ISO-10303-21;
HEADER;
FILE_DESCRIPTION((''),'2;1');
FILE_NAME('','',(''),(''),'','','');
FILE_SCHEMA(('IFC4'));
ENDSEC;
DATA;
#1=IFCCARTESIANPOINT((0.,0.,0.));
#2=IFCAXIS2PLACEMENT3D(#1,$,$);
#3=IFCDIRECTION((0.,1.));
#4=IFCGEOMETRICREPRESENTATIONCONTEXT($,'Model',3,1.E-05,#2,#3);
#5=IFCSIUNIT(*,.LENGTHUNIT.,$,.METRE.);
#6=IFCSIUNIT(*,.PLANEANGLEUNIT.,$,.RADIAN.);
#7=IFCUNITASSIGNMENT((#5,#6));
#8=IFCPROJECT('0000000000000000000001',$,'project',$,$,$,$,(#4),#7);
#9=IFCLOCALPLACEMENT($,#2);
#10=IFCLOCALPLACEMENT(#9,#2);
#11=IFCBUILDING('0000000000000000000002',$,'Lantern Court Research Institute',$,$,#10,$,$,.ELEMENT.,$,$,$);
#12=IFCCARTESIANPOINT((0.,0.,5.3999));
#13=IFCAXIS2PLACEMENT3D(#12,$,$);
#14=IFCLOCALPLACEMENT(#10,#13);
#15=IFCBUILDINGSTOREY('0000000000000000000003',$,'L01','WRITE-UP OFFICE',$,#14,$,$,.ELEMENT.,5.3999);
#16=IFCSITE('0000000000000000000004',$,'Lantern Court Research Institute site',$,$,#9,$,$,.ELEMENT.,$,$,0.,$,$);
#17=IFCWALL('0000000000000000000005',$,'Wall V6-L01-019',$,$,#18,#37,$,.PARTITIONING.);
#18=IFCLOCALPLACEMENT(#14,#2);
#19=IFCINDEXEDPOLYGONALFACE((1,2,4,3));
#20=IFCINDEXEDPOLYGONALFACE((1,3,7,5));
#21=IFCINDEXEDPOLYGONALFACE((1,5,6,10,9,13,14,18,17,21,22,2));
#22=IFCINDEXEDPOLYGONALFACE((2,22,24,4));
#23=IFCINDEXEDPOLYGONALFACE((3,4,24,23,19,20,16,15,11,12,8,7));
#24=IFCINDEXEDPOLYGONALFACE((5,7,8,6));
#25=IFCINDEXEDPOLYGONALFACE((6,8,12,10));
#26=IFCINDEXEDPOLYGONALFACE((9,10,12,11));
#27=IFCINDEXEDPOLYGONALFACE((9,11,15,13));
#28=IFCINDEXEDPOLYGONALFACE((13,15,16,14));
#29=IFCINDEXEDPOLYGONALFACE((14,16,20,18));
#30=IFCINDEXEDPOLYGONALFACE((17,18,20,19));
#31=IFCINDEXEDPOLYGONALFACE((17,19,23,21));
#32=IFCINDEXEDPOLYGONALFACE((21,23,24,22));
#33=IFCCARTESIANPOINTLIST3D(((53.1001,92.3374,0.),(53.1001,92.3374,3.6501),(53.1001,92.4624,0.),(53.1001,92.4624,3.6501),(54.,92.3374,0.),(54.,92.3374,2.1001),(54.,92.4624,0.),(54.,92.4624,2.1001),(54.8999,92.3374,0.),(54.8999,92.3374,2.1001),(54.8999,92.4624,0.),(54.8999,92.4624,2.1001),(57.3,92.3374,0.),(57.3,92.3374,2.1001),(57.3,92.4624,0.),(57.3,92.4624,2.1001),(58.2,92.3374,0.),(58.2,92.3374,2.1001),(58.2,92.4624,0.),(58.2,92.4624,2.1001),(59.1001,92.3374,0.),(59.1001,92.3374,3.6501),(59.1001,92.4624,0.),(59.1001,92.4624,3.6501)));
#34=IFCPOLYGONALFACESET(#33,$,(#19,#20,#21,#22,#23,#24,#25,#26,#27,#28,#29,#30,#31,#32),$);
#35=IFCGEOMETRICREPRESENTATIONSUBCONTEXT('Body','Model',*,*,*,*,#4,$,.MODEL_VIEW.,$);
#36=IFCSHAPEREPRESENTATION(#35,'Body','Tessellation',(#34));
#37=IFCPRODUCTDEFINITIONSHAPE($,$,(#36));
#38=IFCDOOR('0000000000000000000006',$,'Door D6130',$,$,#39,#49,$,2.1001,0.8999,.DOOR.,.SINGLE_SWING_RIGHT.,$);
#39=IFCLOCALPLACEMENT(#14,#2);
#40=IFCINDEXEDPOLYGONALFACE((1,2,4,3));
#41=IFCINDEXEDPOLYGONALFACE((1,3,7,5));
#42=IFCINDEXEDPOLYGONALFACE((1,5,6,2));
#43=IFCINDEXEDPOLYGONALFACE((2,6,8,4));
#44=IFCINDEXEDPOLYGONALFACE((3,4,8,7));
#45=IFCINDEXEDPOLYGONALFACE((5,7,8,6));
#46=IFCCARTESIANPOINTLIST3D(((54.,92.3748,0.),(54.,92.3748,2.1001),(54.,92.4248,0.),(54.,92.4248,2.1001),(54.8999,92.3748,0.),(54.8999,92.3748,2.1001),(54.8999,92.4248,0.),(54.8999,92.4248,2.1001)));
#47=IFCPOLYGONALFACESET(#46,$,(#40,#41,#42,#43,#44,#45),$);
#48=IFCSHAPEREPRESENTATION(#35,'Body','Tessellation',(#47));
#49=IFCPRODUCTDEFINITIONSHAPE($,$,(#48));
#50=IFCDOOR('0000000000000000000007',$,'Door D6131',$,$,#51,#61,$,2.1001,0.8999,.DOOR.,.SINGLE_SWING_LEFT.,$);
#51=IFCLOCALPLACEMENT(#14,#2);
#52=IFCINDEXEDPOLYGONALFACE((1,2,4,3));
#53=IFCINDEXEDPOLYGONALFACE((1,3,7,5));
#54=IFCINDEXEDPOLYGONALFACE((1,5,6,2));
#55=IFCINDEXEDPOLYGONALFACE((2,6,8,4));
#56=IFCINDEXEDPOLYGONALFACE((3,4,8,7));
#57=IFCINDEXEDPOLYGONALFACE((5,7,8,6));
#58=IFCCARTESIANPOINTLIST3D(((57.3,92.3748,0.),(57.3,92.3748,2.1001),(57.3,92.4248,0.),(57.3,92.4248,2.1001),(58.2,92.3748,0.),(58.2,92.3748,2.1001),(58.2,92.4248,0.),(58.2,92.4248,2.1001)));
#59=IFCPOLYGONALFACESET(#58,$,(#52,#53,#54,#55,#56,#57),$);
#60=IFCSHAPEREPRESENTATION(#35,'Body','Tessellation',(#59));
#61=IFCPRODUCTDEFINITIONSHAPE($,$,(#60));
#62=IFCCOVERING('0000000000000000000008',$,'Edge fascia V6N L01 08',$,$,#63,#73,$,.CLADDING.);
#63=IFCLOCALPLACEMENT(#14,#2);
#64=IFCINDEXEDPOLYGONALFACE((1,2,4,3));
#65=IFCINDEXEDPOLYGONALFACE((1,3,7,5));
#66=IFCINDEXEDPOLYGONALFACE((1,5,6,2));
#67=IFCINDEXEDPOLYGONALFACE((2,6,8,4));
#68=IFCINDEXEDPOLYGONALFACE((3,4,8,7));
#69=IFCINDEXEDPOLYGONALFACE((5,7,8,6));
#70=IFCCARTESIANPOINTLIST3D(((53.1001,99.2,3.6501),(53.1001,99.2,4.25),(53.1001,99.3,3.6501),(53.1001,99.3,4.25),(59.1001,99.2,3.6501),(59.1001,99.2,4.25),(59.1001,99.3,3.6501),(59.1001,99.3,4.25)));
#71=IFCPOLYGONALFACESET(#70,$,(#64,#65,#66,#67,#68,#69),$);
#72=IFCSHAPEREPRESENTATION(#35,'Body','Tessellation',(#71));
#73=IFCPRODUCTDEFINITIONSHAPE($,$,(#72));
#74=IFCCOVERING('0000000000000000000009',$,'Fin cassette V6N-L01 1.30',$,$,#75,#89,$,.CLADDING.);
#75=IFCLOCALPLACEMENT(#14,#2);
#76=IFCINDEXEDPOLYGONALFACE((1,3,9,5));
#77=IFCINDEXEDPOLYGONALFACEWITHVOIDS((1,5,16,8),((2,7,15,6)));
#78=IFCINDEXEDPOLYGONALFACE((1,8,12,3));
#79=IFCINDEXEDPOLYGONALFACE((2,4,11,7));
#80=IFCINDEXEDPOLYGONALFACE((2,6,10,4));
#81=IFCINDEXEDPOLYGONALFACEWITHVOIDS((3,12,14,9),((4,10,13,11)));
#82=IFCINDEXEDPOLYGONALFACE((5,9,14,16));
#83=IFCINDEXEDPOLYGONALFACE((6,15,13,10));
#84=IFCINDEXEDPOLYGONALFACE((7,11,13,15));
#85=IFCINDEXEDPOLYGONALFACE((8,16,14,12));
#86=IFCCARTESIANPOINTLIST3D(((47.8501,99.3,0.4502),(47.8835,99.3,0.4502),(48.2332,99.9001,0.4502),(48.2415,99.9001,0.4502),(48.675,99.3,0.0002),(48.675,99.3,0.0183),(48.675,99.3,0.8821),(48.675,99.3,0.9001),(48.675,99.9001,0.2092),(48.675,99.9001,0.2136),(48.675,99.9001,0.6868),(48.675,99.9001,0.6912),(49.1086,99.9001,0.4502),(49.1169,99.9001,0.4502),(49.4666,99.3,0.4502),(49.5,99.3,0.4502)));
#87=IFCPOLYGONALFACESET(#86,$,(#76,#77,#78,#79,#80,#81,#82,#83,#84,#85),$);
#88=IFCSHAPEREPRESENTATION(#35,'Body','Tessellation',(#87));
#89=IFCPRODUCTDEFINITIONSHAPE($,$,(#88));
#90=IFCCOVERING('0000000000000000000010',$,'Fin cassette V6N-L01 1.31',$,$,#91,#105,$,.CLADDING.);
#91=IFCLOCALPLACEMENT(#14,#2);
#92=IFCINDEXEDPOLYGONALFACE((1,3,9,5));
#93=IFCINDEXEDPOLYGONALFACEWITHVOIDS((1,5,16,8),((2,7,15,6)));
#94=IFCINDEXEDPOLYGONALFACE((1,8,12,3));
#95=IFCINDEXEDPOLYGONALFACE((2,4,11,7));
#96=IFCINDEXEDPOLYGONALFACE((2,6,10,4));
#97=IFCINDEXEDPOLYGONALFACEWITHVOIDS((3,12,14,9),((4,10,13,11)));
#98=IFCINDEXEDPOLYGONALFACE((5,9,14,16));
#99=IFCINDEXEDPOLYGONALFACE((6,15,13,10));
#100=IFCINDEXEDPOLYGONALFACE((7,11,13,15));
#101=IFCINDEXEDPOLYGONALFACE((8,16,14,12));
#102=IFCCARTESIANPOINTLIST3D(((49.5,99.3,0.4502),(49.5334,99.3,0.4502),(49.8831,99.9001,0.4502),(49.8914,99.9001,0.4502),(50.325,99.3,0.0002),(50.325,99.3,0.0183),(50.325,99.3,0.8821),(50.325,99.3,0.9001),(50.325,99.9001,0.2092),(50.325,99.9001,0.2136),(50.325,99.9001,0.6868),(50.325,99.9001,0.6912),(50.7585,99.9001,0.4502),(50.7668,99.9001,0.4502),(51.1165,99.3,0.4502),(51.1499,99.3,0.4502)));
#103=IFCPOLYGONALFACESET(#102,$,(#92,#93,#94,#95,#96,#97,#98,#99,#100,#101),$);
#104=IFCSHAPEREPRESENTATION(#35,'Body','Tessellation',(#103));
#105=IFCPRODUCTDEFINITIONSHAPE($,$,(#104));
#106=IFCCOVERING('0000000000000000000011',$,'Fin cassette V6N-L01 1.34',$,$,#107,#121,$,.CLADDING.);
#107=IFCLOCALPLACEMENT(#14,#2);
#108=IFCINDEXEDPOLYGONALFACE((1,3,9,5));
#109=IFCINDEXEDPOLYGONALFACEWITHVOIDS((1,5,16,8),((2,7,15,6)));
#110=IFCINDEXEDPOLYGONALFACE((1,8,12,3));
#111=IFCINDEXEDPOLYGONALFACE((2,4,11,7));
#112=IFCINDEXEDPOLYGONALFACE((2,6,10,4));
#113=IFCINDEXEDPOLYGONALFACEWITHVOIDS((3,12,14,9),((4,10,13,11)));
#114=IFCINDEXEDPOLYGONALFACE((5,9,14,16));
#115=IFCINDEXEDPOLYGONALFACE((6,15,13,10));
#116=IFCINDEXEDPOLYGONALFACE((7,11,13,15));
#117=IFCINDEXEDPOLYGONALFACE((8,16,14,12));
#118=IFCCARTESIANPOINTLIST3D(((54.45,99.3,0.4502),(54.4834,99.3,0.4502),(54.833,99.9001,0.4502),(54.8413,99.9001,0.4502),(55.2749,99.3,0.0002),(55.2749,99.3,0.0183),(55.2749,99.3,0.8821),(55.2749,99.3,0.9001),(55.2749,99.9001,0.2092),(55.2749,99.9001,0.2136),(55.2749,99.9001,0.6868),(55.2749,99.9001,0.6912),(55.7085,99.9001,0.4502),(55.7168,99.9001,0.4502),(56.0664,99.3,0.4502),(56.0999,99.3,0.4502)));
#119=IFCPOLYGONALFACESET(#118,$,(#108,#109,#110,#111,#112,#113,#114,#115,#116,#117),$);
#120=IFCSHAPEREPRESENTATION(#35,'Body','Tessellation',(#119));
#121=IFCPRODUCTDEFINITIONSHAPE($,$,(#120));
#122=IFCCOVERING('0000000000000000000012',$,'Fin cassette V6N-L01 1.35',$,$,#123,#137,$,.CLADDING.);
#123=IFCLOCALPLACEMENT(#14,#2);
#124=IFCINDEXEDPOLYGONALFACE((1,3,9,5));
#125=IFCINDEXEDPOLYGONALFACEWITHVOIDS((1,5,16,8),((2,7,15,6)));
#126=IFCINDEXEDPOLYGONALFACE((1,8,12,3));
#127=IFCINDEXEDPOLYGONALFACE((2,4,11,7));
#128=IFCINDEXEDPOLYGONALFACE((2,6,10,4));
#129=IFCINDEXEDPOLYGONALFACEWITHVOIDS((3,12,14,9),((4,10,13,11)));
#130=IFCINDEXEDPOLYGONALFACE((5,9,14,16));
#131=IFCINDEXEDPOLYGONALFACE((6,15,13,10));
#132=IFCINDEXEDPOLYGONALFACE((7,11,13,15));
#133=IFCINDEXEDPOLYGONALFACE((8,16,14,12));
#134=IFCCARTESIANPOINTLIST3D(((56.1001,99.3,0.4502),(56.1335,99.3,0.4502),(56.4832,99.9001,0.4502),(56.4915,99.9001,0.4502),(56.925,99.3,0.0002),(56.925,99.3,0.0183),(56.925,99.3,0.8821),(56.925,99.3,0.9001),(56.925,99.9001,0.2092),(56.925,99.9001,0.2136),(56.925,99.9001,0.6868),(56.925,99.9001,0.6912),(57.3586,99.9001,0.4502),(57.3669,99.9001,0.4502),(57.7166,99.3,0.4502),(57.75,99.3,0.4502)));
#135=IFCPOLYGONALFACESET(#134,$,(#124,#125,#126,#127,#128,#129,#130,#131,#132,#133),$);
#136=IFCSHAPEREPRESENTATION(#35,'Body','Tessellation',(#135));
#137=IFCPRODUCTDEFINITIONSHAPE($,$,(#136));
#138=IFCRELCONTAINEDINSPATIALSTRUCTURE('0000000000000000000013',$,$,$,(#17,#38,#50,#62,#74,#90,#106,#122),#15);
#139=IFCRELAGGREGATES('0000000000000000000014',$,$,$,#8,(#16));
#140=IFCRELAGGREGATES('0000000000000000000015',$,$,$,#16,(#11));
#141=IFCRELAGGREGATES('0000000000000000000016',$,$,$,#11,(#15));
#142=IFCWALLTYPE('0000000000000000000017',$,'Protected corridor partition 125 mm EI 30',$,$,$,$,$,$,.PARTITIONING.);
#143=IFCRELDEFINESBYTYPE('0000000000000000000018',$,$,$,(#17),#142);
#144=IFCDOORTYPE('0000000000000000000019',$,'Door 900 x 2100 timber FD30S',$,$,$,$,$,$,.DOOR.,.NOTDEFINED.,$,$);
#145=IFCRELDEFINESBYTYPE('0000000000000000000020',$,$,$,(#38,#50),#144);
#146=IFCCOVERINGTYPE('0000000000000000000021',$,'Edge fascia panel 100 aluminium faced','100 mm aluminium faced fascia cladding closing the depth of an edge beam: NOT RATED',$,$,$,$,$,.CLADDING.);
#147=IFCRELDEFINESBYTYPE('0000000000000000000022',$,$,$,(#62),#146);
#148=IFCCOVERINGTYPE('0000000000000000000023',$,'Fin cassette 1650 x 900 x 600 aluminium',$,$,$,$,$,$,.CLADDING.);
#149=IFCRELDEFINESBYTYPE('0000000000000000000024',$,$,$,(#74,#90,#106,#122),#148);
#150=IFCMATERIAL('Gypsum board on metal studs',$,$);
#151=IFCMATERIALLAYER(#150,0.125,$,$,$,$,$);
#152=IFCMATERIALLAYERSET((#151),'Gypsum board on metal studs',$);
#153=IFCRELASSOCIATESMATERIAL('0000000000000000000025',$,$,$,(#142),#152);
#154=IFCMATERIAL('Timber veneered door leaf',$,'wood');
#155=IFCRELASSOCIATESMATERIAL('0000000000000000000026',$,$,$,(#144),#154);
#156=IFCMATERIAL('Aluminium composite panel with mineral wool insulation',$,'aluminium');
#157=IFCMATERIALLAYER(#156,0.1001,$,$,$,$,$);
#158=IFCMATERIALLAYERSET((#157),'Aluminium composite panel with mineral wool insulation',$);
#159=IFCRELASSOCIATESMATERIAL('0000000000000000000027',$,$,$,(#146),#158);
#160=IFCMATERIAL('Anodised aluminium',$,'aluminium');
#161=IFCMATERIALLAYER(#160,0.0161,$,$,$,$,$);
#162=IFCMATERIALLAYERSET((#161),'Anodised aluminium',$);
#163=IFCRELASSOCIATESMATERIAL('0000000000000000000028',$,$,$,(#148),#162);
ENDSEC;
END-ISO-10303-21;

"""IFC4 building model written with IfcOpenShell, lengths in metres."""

from ifc_helpers import new_model, entity, si_unit, direction, frame, frame_2d, origin, place, context, subcontext, project, spatial, rectangle, extrude, material, layer, layer_set, type_object, element, fill, save


model = new_model("IFC4")

# Units and contexts
model_context = context("Model", 3, precision=1e-05, world=origin(), true_north=direction((0.0, 1.0)))
body_context = subcontext(model_context, "Body", "Model", "MODEL_VIEW")
ifc_project = project(units=[si_unit("LENGTHUNIT", "METRE"), si_unit("PLANEANGLEUNIT", "RADIAN")], contexts=[model_context])

# Site, building, storey
site_placement = place(None, origin())
site = spatial("IfcSite", under=ifc_project, at=site_placement, Name="Lantern Court Research Institute site", CompositionType="ELEMENT", RefElevation=0.0)
building_placement = place(site_placement, origin())
building = spatial("IfcBuilding", under=site, at=building_placement, Name="Lantern Court Research Institute", CompositionType="ELEMENT")
storey_placement = place(building_placement, frame((0.0, 0.0, 5.3999)))
storey = spatial("IfcBuildingStorey", under=building, at=storey_placement, Name="L01", Description="WRITE-UP OFFICE", CompositionType="ELEMENT", Elevation=5.3999)

# Wall, openings, doors
ifc_material_1 = material(Name="Gypsum board on metal studs")
ifc_layer_1 = layer(ifc_material_1, 0.125)
ifc_layer_set_1 = layer_set([ifc_layer_1], Name="Gypsum board on metal studs")
wall_type_1 = type_object("IfcWallType", Name="Protected corridor partition 125 mm EI 30", PredefinedType="PARTITIONING", material=ifc_layer_set_1)
wall_1_placement = place(storey_placement, frame((53.1001, 92.3999, 0.0), z_axis=(0.0, 0.0, 1.0), x_axis=(1.0, 0.0, 0.0)))
wall_1 = element("IfcWall", 1, at=wall_1_placement, inside=storey, type_object=wall_type_1, Name="Wall V6-L01-019", PredefinedType="PARTITIONING", context=body_context, shape_type="SweptSolid", body=[
    extrude(rectangle(XDim=6.0, YDim=0.125, at=frame_2d((3.0, 0.0))), origin(), (0.0, 0.0, 1.0), 3.6501),
])
opening_1_placement = place(wall_1_placement, frame((0.8999, 0.0, 0.0)))
opening_1 = element("IfcOpeningElement", 2, at=opening_1_placement, cuts=wall_1, PredefinedType="OPENING", context=body_context, shape_type="SweptSolid", body=[
    extrude(rectangle(XDim=0.8999, YDim=2.1001, at=frame_2d((0.45, 1.05))), frame((0.0, 0.0725, 0.0), z_axis=(0.0, -1.0, 0.0), x_axis=(1.0, 0.0, 0.0)), (0.0, 0.0, 1.0), 0.145),
])
opening_2_placement = place(wall_1_placement, frame((4.2, 0.0, 0.0)))
opening_2 = element("IfcOpeningElement", 3, at=opening_2_placement, cuts=wall_1, PredefinedType="OPENING", context=body_context, shape_type="SweptSolid", body=[
    extrude(rectangle(XDim=0.8999, YDim=2.1001, at=frame_2d((0.45, 1.05))), frame((0.0, 0.0725, 0.0), z_axis=(0.0, -1.0, 0.0), x_axis=(1.0, 0.0, 0.0)), (0.0, 0.0, 1.0), 0.145),
])
ifc_material_2 = material(Name="Timber veneered door leaf", Category="wood")
door_type = type_object("IfcDoorType", Name="Door 900 x 2100 timber FD30S", OperationType="NOTDEFINED", PredefinedType="DOOR", material=ifc_material_2)
door_1_placement = place(opening_1_placement, origin())
door_1 = element("IfcDoor", 4, at=door_1_placement, inside=storey, type_object=door_type, Name="Door D6130", OperationType="SINGLE_SWING_RIGHT", OverallHeight=2.1001, OverallWidth=0.8999, PredefinedType="DOOR", context=body_context, shape_type="SweptSolid", body=[
    extrude(rectangle(XDim=0.8999, YDim=2.1001, at=frame_2d((0.45, 1.05))), frame((0.0, 0.0249, 0.0), z_axis=(0.0, -1.0, 0.0), x_axis=(1.0, 0.0, 0.0)), (0.0, 0.0, 1.0), 0.05),
])
fill(opening_1, door_1)
door_2_placement = place(opening_2_placement, origin())
door_2 = element("IfcDoor", 5, at=door_2_placement, inside=storey, type_object=door_type, Name="Door D6131", OperationType="SINGLE_SWING_LEFT", OverallHeight=2.1001, OverallWidth=0.8999, PredefinedType="DOOR", context=body_context, shape_type="SweptSolid", body=[
    extrude(rectangle(XDim=0.8999, YDim=2.1001, at=frame_2d((0.45, 1.05))), frame((0.0, 0.0249, 0.0), z_axis=(0.0, -1.0, 0.0), x_axis=(1.0, 0.0, 0.0)), (0.0, 0.0, 1.0), 0.05),
])
fill(opening_2, door_2)

# Coverings
ifc_material_3 = material(Name="Aluminium composite panel with mineral wool insulation", Category="aluminium")
ifc_layer_2 = layer(ifc_material_3, 0.1001)
ifc_layer_set_2 = layer_set([ifc_layer_2], Name="Aluminium composite panel with mineral wool insulation")
covering_type_1 = type_object("IfcCoveringType", Name="Edge fascia panel 100 aluminium faced", Description="100 mm aluminium faced fascia cladding closing the depth of an edge beam: NOT RATED", PredefinedType="CLADDING", material=ifc_layer_set_2)
covering_1_placement = place(storey_placement, frame((53.1001, 99.25, 3.6501), z_axis=(0.0, 0.0, 1.0), x_axis=(1.0, 0.0, 0.0)))
element("IfcCovering", 6, at=covering_1_placement, inside=storey, type_object=covering_type_1, Name="Edge fascia V6N L01 08", PredefinedType="CLADDING", context=body_context, shape_type="SweptSolid", body=[
    extrude(rectangle(XDim=6.0, YDim=0.1001, at=frame_2d((3.0, 0.0))), origin(), (0.0, 0.0, 1.0), 0.5999),
])
ifc_material_4 = material(Name="Anodised aluminium", Category="aluminium")
ifc_layer_3 = layer(ifc_material_4, 0.0161)
ifc_layer_set_3 = layer_set([ifc_layer_3], Name="Anodised aluminium")
covering_type_2 = type_object("IfcCoveringType", Name="Fin cassette 1650 x 900 x 600 aluminium", PredefinedType="CLADDING", material=ifc_layer_set_3)
covering_2_placement = place(storey_placement, frame((48.675, 99.3, 0.4502), z_axis=(0.0, 1.0, 0.0), x_axis=(-1.0, 0.0, 0.0)))
cartesian_point_1 = entity("IfcCartesianPoint", [0.825, 0.0])
cartesian_point_2 = entity("IfcCartesianPoint", [0.7915, 0.0])
cartesian_point_3 = entity("IfcCartesianPoint", [0.4419, 0.0])
cartesian_point_4 = entity("IfcCartesianPoint", [0.4336, 0.0])
element("IfcCovering", 7, at=covering_2_placement, inside=storey, type_object=covering_type_2, Name="Fin cassette V6N-L01 1.30", PredefinedType="CLADDING", context=body_context, shape_type="SweptSolid", body=[
    entity("IfcExtrudedAreaSolidTapered", entity("IfcArbitraryProfileDefWithVoids", "AREA", None, entity("IfcPolyline", [cartesian_point_1, entity("IfcCartesianPoint", [0.0, 0.45]), entity("IfcCartesianPoint", [-0.825, 0.0]), entity("IfcCartesianPoint", [0.0, -0.45]), cartesian_point_1]), [entity("IfcPolyline", [cartesian_point_2, entity("IfcCartesianPoint", [0.0, 0.4319]), entity("IfcCartesianPoint", [-0.7915, 0.0]), entity("IfcCartesianPoint", [0.0, -0.4319]), cartesian_point_2])]), entity("IfcAxis2Placement3D", entity("IfcCartesianPoint", [0.0, 0.0, 0.0])), entity("IfcDirection", [0.0, 0.0, 1.0]), 0.6001, entity("IfcArbitraryProfileDefWithVoids", "AREA", None, entity("IfcPolyline", [cartesian_point_3, entity("IfcCartesianPoint", [0.0, 0.241]), entity("IfcCartesianPoint", [-0.4419, 0.0]), entity("IfcCartesianPoint", [0.0, -0.241]), cartesian_point_3]), [entity("IfcPolyline", [cartesian_point_4, entity("IfcCartesianPoint", [0.0, 0.2366]), entity("IfcCartesianPoint", [-0.4336, 0.0]), entity("IfcCartesianPoint", [0.0, -0.2366]), cartesian_point_4])])),
])
covering_3_placement = place(storey_placement, frame((50.325, 99.3, 0.4502), z_axis=(0.0, 1.0, 0.0), x_axis=(-1.0, 0.0, 0.0)))
cartesian_point_5 = entity("IfcCartesianPoint", [0.825, 0.0])
cartesian_point_6 = entity("IfcCartesianPoint", [0.7915, 0.0])
cartesian_point_7 = entity("IfcCartesianPoint", [0.4419, 0.0])
cartesian_point_8 = entity("IfcCartesianPoint", [0.4336, 0.0])
element("IfcCovering", 8, at=covering_3_placement, inside=storey, type_object=covering_type_2, Name="Fin cassette V6N-L01 1.31", PredefinedType="CLADDING", context=body_context, shape_type="SweptSolid", body=[
    entity("IfcExtrudedAreaSolidTapered", entity("IfcArbitraryProfileDefWithVoids", "AREA", None, entity("IfcPolyline", [cartesian_point_5, entity("IfcCartesianPoint", [0.0, 0.45]), entity("IfcCartesianPoint", [-0.825, 0.0]), entity("IfcCartesianPoint", [0.0, -0.45]), cartesian_point_5]), [entity("IfcPolyline", [cartesian_point_6, entity("IfcCartesianPoint", [0.0, 0.4319]), entity("IfcCartesianPoint", [-0.7915, 0.0]), entity("IfcCartesianPoint", [0.0, -0.4319]), cartesian_point_6])]), entity("IfcAxis2Placement3D", entity("IfcCartesianPoint", [0.0, 0.0, 0.0])), entity("IfcDirection", [0.0, 0.0, 1.0]), 0.6001, entity("IfcArbitraryProfileDefWithVoids", "AREA", None, entity("IfcPolyline", [cartesian_point_7, entity("IfcCartesianPoint", [0.0, 0.241]), entity("IfcCartesianPoint", [-0.4419, 0.0]), entity("IfcCartesianPoint", [0.0, -0.241]), cartesian_point_7]), [entity("IfcPolyline", [cartesian_point_8, entity("IfcCartesianPoint", [0.0, 0.2366]), entity("IfcCartesianPoint", [-0.4336, 0.0]), entity("IfcCartesianPoint", [0.0, -0.2366]), cartesian_point_8])])),
])
covering_4_placement = place(storey_placement, frame((55.2749, 99.3, 0.4502), z_axis=(0.0, 1.0, 0.0), x_axis=(-1.0, 0.0, 0.0)))
cartesian_point_9 = entity("IfcCartesianPoint", [0.825, 0.0])
cartesian_point_10 = entity("IfcCartesianPoint", [0.7915, 0.0])
cartesian_point_11 = entity("IfcCartesianPoint", [0.4419, 0.0])
cartesian_point_12 = entity("IfcCartesianPoint", [0.4336, 0.0])
element("IfcCovering", 9, at=covering_4_placement, inside=storey, type_object=covering_type_2, Name="Fin cassette V6N-L01 1.34", PredefinedType="CLADDING", context=body_context, shape_type="SweptSolid", body=[
    entity("IfcExtrudedAreaSolidTapered", entity("IfcArbitraryProfileDefWithVoids", "AREA", None, entity("IfcPolyline", [cartesian_point_9, entity("IfcCartesianPoint", [0.0, 0.45]), entity("IfcCartesianPoint", [-0.825, 0.0]), entity("IfcCartesianPoint", [0.0, -0.45]), cartesian_point_9]), [entity("IfcPolyline", [cartesian_point_10, entity("IfcCartesianPoint", [0.0, 0.4319]), entity("IfcCartesianPoint", [-0.7915, 0.0]), entity("IfcCartesianPoint", [0.0, -0.4319]), cartesian_point_10])]), entity("IfcAxis2Placement3D", entity("IfcCartesianPoint", [0.0, 0.0, 0.0])), entity("IfcDirection", [0.0, 0.0, 1.0]), 0.6001, entity("IfcArbitraryProfileDefWithVoids", "AREA", None, entity("IfcPolyline", [cartesian_point_11, entity("IfcCartesianPoint", [0.0, 0.241]), entity("IfcCartesianPoint", [-0.4419, 0.0]), entity("IfcCartesianPoint", [0.0, -0.241]), cartesian_point_11]), [entity("IfcPolyline", [cartesian_point_12, entity("IfcCartesianPoint", [0.0, 0.2366]), entity("IfcCartesianPoint", [-0.4336, 0.0]), entity("IfcCartesianPoint", [0.0, -0.2366]), cartesian_point_12])])),
])
covering_5_placement = place(storey_placement, frame((56.925, 99.3, 0.4502), z_axis=(0.0, 1.0, 0.0), x_axis=(-1.0, 0.0, 0.0)))
cartesian_point_13 = entity("IfcCartesianPoint", [0.825, 0.0])
cartesian_point_14 = entity("IfcCartesianPoint", [0.7915, 0.0])
cartesian_point_15 = entity("IfcCartesianPoint", [0.4419, 0.0])
cartesian_point_16 = entity("IfcCartesianPoint", [0.4336, 0.0])
element("IfcCovering", 10, at=covering_5_placement, inside=storey, type_object=covering_type_2, Name="Fin cassette V6N-L01 1.35", PredefinedType="CLADDING", context=body_context, shape_type="SweptSolid", body=[
    entity("IfcExtrudedAreaSolidTapered", entity("IfcArbitraryProfileDefWithVoids", "AREA", None, entity("IfcPolyline", [cartesian_point_13, entity("IfcCartesianPoint", [0.0, 0.45]), entity("IfcCartesianPoint", [-0.825, 0.0]), entity("IfcCartesianPoint", [0.0, -0.45]), cartesian_point_13]), [entity("IfcPolyline", [cartesian_point_14, entity("IfcCartesianPoint", [0.0, 0.4319]), entity("IfcCartesianPoint", [-0.7915, 0.0]), entity("IfcCartesianPoint", [0.0, -0.4319]), cartesian_point_14])]), entity("IfcAxis2Placement3D", entity("IfcCartesianPoint", [0.0, 0.0, 0.0])), entity("IfcDirection", [0.0, 0.0, 1.0]), 0.6001, entity("IfcArbitraryProfileDefWithVoids", "AREA", None, entity("IfcPolyline", [cartesian_point_15, entity("IfcCartesianPoint", [0.0, 0.241]), entity("IfcCartesianPoint", [-0.4419, 0.0]), entity("IfcCartesianPoint", [0.0, -0.241]), cartesian_point_15]), [entity("IfcPolyline", [cartesian_point_16, entity("IfcCartesianPoint", [0.0, 0.2366]), entity("IfcCartesianPoint", [-0.4336, 0.0]), entity("IfcCartesianPoint", [0.0, -0.2366]), cartesian_point_16])])),
])

save(model, "model.ifc")
